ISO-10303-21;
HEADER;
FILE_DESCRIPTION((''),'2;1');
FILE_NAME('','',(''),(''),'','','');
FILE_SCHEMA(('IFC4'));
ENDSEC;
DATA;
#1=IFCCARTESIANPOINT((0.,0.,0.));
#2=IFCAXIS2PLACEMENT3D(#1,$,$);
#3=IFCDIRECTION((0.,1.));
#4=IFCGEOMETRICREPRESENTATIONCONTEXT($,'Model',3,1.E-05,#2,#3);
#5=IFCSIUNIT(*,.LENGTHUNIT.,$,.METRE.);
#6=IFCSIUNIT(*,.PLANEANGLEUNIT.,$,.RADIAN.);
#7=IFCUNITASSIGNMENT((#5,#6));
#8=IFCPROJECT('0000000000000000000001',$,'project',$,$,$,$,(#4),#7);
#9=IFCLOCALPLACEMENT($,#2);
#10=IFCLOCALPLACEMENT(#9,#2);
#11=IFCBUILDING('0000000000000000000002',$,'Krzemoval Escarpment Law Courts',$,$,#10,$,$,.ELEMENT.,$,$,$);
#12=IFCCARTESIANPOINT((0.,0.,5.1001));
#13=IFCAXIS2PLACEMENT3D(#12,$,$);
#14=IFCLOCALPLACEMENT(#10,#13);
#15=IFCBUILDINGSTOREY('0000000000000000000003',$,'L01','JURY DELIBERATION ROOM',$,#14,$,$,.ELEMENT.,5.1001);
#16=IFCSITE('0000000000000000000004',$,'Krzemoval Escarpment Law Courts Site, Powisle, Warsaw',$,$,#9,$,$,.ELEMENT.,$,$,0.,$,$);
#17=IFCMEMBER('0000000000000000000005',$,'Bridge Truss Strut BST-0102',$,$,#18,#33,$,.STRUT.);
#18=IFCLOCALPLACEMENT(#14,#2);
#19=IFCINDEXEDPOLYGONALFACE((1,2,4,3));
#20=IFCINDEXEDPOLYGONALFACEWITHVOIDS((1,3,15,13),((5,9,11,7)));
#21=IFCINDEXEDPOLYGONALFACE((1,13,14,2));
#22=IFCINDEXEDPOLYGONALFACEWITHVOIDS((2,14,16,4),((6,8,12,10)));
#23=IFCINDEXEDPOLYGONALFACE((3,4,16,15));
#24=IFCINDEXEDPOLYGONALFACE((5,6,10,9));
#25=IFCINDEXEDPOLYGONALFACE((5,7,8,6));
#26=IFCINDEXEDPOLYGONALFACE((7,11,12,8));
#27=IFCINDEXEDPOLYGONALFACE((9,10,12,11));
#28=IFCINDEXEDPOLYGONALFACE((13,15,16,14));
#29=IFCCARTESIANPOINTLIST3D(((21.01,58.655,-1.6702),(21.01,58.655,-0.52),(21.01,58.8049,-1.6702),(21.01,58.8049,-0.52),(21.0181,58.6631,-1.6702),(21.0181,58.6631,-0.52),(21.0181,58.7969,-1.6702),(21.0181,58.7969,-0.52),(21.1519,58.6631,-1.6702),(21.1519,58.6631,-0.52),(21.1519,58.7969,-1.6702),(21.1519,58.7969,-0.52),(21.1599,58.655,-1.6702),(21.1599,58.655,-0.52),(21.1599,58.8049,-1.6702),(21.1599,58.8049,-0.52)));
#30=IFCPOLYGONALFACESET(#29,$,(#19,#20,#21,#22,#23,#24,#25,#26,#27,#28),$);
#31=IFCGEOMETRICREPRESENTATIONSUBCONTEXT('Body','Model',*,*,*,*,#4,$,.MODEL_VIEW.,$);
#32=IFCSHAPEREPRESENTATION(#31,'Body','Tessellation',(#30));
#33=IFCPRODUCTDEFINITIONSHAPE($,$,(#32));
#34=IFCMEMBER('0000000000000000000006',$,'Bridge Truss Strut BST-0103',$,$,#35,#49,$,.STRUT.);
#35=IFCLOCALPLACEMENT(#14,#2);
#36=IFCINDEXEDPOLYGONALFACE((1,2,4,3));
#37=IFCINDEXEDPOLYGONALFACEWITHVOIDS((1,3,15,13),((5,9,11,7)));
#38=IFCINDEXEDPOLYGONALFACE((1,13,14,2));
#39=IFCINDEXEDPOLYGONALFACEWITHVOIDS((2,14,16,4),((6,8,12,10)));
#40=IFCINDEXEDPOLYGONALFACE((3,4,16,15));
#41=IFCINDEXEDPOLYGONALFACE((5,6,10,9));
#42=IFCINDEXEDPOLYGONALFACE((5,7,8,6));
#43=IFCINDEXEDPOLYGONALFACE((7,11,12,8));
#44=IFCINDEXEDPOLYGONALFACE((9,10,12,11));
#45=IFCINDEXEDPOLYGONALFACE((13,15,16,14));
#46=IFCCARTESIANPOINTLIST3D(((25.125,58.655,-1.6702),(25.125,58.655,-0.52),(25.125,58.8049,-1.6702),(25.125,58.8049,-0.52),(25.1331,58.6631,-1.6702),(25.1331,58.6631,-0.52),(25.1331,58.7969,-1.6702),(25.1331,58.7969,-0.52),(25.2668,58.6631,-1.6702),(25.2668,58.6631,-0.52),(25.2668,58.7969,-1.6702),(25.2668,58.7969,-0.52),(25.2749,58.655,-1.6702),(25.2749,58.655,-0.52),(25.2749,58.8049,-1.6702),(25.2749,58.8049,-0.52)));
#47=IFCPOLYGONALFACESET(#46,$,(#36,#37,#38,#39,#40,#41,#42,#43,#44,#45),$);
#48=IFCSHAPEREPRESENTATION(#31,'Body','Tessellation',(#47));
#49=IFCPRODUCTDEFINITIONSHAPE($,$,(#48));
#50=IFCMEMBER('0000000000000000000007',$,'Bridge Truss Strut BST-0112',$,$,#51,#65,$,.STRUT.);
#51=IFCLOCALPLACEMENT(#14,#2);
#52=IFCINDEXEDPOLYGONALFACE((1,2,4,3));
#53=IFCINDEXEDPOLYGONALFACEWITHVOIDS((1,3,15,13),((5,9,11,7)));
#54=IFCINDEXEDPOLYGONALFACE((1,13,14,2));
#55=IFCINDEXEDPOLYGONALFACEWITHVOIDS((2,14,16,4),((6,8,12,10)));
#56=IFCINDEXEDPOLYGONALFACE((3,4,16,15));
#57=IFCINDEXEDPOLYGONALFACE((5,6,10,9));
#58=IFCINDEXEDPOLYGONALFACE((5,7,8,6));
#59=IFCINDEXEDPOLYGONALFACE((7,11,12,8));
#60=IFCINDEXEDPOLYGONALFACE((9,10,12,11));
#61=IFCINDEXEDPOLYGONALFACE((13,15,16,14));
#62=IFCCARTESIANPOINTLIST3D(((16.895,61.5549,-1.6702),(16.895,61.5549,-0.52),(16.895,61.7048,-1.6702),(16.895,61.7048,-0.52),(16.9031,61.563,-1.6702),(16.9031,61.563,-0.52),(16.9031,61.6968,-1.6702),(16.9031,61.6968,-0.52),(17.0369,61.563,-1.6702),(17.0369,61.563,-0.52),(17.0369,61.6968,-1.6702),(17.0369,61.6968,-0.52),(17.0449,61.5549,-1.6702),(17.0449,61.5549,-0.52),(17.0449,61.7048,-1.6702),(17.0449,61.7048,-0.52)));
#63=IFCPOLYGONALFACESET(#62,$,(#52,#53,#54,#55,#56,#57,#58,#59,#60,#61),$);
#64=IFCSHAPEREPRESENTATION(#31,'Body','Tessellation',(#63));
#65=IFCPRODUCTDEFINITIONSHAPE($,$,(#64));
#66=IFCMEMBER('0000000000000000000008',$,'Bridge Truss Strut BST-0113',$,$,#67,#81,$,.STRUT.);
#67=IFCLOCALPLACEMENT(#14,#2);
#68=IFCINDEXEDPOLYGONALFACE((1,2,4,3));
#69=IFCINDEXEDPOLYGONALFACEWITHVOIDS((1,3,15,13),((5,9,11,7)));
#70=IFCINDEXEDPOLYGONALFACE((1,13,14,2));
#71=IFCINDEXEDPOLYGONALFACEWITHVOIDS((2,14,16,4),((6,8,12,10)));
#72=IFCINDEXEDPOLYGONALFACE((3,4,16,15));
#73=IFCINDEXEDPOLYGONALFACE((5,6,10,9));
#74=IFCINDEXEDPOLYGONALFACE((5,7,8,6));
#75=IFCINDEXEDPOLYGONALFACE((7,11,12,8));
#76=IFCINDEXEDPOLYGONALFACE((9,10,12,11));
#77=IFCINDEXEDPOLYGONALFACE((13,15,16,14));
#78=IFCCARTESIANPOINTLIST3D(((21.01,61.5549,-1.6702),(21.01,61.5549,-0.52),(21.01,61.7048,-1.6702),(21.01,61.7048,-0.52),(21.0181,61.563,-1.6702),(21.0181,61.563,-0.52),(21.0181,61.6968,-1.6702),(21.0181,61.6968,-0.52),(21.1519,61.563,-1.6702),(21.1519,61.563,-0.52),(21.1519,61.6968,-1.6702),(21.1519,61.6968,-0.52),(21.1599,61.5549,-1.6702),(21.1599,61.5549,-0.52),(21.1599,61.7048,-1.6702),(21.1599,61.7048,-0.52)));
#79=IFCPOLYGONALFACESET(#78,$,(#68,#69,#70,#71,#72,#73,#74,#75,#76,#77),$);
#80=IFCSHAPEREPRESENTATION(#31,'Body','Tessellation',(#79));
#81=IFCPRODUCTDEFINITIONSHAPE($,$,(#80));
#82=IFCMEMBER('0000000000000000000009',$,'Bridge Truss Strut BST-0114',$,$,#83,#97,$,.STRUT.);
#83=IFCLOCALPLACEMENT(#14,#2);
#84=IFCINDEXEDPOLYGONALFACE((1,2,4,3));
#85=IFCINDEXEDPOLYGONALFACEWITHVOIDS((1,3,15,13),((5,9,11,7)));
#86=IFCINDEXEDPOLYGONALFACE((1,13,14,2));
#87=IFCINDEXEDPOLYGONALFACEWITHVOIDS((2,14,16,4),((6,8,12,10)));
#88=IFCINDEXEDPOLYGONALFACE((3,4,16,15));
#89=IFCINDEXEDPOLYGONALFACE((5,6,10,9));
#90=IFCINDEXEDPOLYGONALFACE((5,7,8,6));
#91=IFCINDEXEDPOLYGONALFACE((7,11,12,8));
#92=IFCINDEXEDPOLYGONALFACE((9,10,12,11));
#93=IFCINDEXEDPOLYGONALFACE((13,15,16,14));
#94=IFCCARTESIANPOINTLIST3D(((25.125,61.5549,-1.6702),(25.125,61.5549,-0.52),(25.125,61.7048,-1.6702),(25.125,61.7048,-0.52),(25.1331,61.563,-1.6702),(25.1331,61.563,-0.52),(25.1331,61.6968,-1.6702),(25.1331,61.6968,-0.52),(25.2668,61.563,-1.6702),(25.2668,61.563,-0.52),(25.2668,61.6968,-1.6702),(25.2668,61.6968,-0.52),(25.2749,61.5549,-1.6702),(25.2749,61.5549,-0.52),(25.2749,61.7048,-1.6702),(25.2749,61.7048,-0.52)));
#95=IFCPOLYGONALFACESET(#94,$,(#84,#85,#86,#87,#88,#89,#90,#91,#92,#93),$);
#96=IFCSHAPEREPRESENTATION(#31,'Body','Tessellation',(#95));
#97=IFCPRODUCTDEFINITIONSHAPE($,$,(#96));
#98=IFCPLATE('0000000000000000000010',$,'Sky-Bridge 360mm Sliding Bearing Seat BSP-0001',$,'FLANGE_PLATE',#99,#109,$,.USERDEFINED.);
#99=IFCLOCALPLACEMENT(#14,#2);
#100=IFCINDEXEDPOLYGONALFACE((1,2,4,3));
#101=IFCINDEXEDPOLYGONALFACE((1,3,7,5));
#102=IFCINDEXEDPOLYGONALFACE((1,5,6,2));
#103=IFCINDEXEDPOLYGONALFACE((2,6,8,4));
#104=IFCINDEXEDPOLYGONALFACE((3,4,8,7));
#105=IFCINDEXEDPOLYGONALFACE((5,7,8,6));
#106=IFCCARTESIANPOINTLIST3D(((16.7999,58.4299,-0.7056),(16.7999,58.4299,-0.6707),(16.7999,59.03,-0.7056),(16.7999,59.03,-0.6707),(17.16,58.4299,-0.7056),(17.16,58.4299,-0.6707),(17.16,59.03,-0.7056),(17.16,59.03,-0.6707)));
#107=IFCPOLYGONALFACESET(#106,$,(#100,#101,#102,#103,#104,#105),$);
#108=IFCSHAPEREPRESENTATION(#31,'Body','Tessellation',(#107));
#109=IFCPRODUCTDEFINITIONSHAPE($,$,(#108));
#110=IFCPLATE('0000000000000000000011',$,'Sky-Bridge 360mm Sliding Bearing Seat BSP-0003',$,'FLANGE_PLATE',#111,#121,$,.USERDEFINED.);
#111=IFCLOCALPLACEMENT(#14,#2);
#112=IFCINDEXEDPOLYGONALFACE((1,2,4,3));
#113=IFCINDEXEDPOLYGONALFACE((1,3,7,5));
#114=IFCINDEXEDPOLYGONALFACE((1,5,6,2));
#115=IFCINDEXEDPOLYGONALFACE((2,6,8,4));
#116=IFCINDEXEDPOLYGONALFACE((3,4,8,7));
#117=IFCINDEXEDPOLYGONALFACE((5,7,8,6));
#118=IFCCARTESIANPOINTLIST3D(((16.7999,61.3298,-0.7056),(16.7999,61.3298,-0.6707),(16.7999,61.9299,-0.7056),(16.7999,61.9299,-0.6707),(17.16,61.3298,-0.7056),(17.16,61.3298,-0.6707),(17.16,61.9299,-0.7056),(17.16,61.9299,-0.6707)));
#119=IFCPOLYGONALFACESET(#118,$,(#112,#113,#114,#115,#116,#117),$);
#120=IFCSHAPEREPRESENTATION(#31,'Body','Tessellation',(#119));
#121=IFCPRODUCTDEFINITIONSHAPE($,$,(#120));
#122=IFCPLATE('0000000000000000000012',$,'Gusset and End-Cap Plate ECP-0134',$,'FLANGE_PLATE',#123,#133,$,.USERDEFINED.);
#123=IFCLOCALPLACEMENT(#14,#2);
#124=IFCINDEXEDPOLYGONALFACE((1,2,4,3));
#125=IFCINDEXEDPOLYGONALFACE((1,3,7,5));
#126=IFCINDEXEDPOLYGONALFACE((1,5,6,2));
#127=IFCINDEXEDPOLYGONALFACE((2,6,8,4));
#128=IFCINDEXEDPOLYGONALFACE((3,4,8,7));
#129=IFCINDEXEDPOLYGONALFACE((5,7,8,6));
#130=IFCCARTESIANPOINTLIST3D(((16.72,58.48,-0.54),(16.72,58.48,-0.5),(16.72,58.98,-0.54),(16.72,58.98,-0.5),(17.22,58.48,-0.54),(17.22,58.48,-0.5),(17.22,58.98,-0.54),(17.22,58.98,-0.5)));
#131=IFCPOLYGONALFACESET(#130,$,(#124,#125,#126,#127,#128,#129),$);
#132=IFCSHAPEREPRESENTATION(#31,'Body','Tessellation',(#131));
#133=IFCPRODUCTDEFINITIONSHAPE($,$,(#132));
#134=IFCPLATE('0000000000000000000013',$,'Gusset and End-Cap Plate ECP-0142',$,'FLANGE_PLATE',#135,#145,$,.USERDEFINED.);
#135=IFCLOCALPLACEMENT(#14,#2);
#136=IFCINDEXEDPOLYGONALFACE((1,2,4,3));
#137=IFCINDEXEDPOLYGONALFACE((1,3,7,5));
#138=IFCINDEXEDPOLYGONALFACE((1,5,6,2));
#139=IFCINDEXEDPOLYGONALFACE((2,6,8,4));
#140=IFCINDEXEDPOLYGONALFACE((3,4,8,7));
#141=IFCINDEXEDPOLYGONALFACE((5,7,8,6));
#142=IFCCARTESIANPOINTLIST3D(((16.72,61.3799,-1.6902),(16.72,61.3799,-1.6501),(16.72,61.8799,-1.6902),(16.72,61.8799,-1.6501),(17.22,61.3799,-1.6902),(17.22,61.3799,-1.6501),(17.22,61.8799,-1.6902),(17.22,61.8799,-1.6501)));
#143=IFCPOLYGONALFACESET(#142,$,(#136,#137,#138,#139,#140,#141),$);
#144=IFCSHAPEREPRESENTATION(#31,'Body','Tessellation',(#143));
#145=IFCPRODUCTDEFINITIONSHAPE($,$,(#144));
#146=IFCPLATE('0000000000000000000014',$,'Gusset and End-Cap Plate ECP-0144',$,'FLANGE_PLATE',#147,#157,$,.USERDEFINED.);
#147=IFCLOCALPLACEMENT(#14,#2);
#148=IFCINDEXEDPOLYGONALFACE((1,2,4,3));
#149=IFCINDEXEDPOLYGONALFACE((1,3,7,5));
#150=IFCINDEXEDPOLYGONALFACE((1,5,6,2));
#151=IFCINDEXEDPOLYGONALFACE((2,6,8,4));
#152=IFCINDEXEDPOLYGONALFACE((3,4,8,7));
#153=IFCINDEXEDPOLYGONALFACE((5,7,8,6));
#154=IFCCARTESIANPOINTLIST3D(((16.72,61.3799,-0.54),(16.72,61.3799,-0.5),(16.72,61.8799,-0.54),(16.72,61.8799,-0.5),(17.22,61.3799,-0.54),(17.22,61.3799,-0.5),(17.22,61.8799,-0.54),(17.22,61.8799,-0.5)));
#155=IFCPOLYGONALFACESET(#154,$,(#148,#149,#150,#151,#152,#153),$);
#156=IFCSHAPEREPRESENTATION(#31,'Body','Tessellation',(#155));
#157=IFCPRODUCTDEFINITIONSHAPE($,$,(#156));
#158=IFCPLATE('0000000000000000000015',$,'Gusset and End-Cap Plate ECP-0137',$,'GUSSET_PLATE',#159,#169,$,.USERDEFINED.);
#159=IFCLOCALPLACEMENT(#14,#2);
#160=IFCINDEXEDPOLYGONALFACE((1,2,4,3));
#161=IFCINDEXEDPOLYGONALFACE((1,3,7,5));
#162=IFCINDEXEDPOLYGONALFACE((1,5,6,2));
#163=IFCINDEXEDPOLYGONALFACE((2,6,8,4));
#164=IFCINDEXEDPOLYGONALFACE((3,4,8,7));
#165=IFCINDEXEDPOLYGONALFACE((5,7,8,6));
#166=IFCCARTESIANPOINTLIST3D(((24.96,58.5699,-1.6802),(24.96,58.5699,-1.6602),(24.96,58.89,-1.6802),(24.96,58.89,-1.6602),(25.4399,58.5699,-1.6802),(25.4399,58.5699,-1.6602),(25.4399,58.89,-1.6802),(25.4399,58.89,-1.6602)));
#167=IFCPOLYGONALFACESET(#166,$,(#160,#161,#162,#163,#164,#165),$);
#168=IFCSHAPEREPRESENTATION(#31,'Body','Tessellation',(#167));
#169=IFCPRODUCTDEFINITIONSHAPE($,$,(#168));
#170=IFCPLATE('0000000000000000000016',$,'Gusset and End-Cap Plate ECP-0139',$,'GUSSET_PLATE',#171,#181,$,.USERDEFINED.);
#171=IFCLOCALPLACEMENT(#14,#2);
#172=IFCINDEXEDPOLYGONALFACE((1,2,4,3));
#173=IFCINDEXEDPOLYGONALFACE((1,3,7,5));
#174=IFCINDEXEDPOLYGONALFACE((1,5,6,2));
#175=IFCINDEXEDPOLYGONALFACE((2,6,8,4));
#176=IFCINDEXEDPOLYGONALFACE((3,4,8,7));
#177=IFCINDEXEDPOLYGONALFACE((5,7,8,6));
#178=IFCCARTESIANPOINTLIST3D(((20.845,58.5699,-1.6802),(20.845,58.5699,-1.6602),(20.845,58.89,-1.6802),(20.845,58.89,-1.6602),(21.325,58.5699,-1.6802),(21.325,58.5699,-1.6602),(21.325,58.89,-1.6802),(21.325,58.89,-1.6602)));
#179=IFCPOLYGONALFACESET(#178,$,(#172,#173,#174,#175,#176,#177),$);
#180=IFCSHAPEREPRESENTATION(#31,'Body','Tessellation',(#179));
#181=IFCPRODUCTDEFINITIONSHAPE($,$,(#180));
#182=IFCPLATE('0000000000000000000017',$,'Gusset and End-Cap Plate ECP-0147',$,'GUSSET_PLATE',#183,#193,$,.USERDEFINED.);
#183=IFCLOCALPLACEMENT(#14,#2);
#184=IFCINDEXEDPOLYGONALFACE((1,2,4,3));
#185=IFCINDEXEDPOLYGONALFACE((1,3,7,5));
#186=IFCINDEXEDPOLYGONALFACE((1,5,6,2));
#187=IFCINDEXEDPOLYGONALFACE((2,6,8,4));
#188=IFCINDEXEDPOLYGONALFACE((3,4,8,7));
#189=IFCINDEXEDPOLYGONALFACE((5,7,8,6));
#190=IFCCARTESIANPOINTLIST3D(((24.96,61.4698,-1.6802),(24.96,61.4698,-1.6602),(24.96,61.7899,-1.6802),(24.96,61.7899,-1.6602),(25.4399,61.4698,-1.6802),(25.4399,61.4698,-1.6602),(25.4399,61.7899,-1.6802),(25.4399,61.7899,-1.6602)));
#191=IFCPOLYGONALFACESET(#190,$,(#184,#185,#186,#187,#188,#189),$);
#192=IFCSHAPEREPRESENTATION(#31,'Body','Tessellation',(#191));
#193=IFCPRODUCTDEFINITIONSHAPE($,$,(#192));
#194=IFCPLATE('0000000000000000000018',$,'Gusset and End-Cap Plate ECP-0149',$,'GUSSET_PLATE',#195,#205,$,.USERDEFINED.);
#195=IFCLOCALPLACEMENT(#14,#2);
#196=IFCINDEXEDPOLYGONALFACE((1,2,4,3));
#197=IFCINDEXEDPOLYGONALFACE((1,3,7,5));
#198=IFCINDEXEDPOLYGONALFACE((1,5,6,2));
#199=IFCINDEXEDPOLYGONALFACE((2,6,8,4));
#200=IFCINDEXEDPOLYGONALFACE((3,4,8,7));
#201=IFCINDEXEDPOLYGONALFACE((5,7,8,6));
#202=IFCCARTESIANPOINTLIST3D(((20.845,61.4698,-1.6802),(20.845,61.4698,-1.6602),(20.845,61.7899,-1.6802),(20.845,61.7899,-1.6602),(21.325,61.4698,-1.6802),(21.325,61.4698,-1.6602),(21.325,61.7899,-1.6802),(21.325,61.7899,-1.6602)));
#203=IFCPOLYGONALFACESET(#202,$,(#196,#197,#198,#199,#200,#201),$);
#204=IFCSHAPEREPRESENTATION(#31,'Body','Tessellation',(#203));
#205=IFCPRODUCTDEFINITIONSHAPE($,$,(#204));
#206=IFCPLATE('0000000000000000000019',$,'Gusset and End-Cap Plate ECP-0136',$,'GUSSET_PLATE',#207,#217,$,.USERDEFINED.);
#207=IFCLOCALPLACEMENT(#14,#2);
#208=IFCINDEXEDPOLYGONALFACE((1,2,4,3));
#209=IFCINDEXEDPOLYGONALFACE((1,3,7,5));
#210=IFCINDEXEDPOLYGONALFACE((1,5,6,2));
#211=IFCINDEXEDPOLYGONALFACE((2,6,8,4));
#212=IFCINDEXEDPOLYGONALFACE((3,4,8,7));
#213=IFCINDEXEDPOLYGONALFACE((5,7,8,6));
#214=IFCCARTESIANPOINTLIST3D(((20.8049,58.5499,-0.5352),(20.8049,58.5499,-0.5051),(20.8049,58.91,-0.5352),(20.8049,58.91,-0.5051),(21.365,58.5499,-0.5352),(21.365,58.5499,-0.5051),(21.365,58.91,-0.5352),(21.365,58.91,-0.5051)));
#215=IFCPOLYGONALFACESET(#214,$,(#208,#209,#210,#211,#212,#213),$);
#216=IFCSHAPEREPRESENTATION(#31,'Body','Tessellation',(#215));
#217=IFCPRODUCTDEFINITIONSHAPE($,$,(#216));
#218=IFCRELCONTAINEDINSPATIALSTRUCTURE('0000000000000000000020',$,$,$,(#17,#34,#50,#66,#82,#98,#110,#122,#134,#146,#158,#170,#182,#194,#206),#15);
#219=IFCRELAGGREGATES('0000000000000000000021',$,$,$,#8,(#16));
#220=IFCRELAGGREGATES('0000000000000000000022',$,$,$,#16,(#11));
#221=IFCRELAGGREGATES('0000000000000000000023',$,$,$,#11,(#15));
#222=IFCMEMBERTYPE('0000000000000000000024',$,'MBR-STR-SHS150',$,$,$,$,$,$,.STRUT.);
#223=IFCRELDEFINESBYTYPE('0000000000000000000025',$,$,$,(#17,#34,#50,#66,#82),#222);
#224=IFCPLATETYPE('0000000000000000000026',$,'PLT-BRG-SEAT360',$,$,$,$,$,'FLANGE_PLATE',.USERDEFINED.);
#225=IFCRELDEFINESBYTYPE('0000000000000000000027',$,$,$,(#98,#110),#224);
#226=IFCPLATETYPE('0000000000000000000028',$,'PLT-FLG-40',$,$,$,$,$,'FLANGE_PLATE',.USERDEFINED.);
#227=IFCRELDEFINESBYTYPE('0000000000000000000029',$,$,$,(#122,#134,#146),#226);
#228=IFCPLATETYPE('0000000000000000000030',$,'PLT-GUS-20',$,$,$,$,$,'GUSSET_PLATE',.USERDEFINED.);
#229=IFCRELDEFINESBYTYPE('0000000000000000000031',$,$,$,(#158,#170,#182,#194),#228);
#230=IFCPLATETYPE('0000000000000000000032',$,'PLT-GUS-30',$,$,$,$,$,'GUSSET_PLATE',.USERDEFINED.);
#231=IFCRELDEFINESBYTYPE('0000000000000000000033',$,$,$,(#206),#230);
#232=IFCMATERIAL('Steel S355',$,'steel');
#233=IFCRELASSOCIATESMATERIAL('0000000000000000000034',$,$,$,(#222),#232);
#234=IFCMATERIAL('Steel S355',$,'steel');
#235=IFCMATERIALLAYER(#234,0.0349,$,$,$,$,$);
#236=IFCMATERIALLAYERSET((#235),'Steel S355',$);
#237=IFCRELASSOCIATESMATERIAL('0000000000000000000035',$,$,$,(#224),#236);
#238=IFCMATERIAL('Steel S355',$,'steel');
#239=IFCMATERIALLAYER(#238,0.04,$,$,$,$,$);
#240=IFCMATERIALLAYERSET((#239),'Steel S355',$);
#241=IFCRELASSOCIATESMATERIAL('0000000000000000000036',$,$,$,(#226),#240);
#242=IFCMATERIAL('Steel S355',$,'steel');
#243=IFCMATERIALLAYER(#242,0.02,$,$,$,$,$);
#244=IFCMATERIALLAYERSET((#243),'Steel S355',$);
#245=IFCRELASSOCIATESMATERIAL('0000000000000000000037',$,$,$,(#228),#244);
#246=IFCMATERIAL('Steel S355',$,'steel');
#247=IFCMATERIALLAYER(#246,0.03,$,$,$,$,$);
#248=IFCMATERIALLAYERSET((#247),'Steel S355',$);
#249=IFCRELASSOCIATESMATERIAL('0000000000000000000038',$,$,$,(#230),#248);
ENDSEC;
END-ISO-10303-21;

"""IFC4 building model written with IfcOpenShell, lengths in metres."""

from ifc_helpers import new_model, si_unit, direction, frame, origin, origin_2d, place, context, subcontext, project, spatial, rectangle, hollow_rectangle, extrude, material, layer, layer_set, material_profile, profile_set, type_object, element, save


model = new_model("IFC4")

# Units and contexts
model_context = context("Model", 3, precision=1e-05, world=origin(), true_north=direction((0.0, 1.0)))
body_context = subcontext(model_context, "Body", "Model", "MODEL_VIEW")
ifc_project = project(units=[si_unit("LENGTHUNIT", "METRE"), si_unit("PLANEANGLEUNIT", "RADIAN")], contexts=[model_context])

# Site, building, storey
site_placement = place(None, origin())
site = spatial("IfcSite", under=ifc_project, at=site_placement, Name="Krzemoval Escarpment Law Courts Site, Powisle, Warsaw", CompositionType="ELEMENT", RefElevation=0.0)
building_placement = place(site_placement, origin())
building = spatial("IfcBuilding", under=site, at=building_placement, Name="Krzemoval Escarpment Law Courts", CompositionType="ELEMENT")
storey_placement = place(building_placement, frame((0.0, 0.0, 5.1001)))
storey = spatial("IfcBuildingStorey", under=building, at=storey_placement, Name="L01", Description="JURY DELIBERATION ROOM", CompositionType="ELEMENT", Elevation=5.1001)

# Members
ifc_material_1 = material(Name="Steel S355", Category="steel")
ifc_material_profile_1 = material_profile(ifc_material_1, hollow_rectangle(XDim=0.1499, YDim=0.1499, WallThickness=0.0081, at=origin_2d()), Name="SHS 150x150x8")
ifc_profile_set_1 = profile_set([ifc_material_profile_1], Name="Steel S355")
member_type_1 = type_object("IfcMemberType", Name="MBR-STR-SHS150", PredefinedType="STRUT", material=ifc_profile_set_1)
for number, where, z_axis, x_axis, name in (
    (1, (21.085, 58.73, -1.6702), (0.0, 0.0, 1.0), (1.0, 0.0, 0.0), "Bridge Truss Strut BST-0102"),
    (2, (25.2, 58.73, -1.6702), (0.0, 0.0, 1.0), (1.0, 0.0, 0.0), "Bridge Truss Strut BST-0103"),
    (3, (16.97, 61.6299, -1.6702), (0.0, 0.0, 1.0), (1.0, 0.0, 0.0), "Bridge Truss Strut BST-0112"),
    (4, (21.085, 61.6299, -1.6702), (0.0, 0.0, 1.0), (1.0, 0.0, 0.0), "Bridge Truss Strut BST-0113"),
    (5, (25.2, 61.6299, -1.6702), (0.0, 0.0, 1.0), (1.0, 0.0, 0.0), "Bridge Truss Strut BST-0114"),
):
    element("IfcMember", number, at=place(storey_placement, frame(where, z_axis=z_axis, x_axis=x_axis)), inside=storey, type_object=member_type_1, Name=name, PredefinedType="STRUT", context=body_context, shape_type="SweptSolid", body=[
        extrude(hollow_rectangle(XDim=0.1499, YDim=0.1499, WallThickness=0.0081, at=origin_2d()), origin(), (0.0, 0.0, 1.0), 1.1501),
    ])

# Plates
ifc_material_2 = material(Name="Steel S355", Category="steel")
ifc_layer_1 = layer(ifc_material_2, 0.0349)
ifc_layer_set_1 = layer_set([ifc_layer_1], Name="Steel S355")
plate_type_1 = type_object("IfcPlateType", Name="PLT-BRG-SEAT360", ElementType="FLANGE_PLATE", PredefinedType="USERDEFINED", material=ifc_layer_set_1)
for number, where, z_axis, x_axis, name in (
    (6, (16.98, 58.73, -0.7056), (0.0, 0.0, 1.0), (1.0, 0.0, 0.0), "Sky-Bridge 360mm Sliding Bearing Seat BSP-0001"),
    (7, (16.98, 61.6299, -0.7056), (0.0, 0.0, 1.0), (1.0, 0.0, 0.0), "Sky-Bridge 360mm Sliding Bearing Seat BSP-0003"),
):
    element("IfcPlate", number, at=place(storey_placement, frame(where, z_axis=z_axis, x_axis=x_axis)), inside=storey, type_object=plate_type_1, Name=name, ObjectType="FLANGE_PLATE", PredefinedType="USERDEFINED", context=body_context, shape_type="SweptSolid", body=[
        extrude(rectangle(XDim=0.3601, YDim=0.6001, at=origin_2d()), origin(), (0.0, 0.0, 1.0), 0.0349),
    ])
ifc_material_3 = material(Name="Steel S355", Category="steel")
ifc_layer_2 = layer(ifc_material_3, 0.04)
ifc_layer_set_2 = layer_set([ifc_layer_2], Name="Steel S355")
plate_type_2 = type_object("IfcPlateType", Name="PLT-FLG-40", ElementType="FLANGE_PLATE", PredefinedType="USERDEFINED", material=ifc_layer_set_2)
for number, where, z_axis, x_axis, name in (
    (8, (16.97, 58.73, -0.54), (0.0, 0.0, 1.0), (1.0, 0.0, 0.0), "Gusset and End-Cap Plate ECP-0134"),
    (9, (16.97, 61.6299, -1.6902), (0.0, 0.0, 1.0), (1.0, 0.0, 0.0), "Gusset and End-Cap Plate ECP-0142"),
    (10, (16.97, 61.6299, -0.54), (0.0, 0.0, 1.0), (1.0, 0.0, 0.0), "Gusset and End-Cap Plate ECP-0144"),
):
    element("IfcPlate", number, at=place(storey_placement, frame(where, z_axis=z_axis, x_axis=x_axis)), inside=storey, type_object=plate_type_2, Name=name, ObjectType="FLANGE_PLATE", PredefinedType="USERDEFINED", context=body_context, shape_type="SweptSolid", body=[
        extrude(rectangle(XDim=0.5, YDim=0.5, at=origin_2d()), origin(), (0.0, 0.0, 1.0), 0.04),
    ])
ifc_material_4 = material(Name="Steel S355", Category="steel")
ifc_layer_3 = layer(ifc_material_4, 0.02)
ifc_layer_set_3 = layer_set([ifc_layer_3], Name="Steel S355")
plate_type_3 = type_object("IfcPlateType", Name="PLT-GUS-20", ElementType="GUSSET_PLATE", PredefinedType="USERDEFINED", material=ifc_layer_set_3)
for number, where, z_axis, x_axis, name in (
    (11, (25.2, 58.73, -1.6802), (0.0, 0.0, 1.0), (1.0, 0.0, 0.0), "Gusset and End-Cap Plate ECP-0137"),
    (12, (21.085, 58.73, -1.6802), (0.0, 0.0, 1.0), (1.0, 0.0, 0.0), "Gusset and End-Cap Plate ECP-0139"),
    (13, (25.2, 61.6299, -1.6802), (0.0, 0.0, 1.0), (1.0, 0.0, 0.0), "Gusset and End-Cap Plate ECP-0147"),
    (14, (21.085, 61.6299, -1.6802), (0.0, 0.0, 1.0), (1.0, 0.0, 0.0), "Gusset and End-Cap Plate ECP-0149"),
):
    element("IfcPlate", number, at=place(storey_placement, frame(where, z_axis=z_axis, x_axis=x_axis)), inside=storey, type_object=plate_type_3, Name=name, ObjectType="GUSSET_PLATE", PredefinedType="USERDEFINED", context=body_context, shape_type="SweptSolid", body=[
        extrude(rectangle(XDim=0.48, YDim=0.3201, at=origin_2d()), origin(), (0.0, 0.0, 1.0), 0.02),
    ])
ifc_material_5 = material(Name="Steel S355", Category="steel")
ifc_layer_4 = layer(ifc_material_5, 0.03)
ifc_layer_set_4 = layer_set([ifc_layer_4], Name="Steel S355")
plate_type_4 = type_object("IfcPlateType", Name="PLT-GUS-30", ElementType="GUSSET_PLATE", PredefinedType="USERDEFINED", material=ifc_layer_set_4)
for number, where, z_axis, x_axis, name in (
    (15, (21.085, 58.73, -0.5352), (0.0, 0.0, 1.0), (1.0, 0.0, 0.0), "Gusset and End-Cap Plate ECP-0136"),
):
    element("IfcPlate", number, at=place(storey_placement, frame(where, z_axis=z_axis, x_axis=x_axis)), inside=storey, type_object=plate_type_4, Name=name, ObjectType="GUSSET_PLATE", PredefinedType="USERDEFINED", context=body_context, shape_type="SweptSolid", body=[
        extrude(rectangle(XDim=0.5601, YDim=0.3601, at=origin_2d()), origin(), (0.0, 0.0, 1.0), 0.03),
    ])

save(model, "model.ifc")
